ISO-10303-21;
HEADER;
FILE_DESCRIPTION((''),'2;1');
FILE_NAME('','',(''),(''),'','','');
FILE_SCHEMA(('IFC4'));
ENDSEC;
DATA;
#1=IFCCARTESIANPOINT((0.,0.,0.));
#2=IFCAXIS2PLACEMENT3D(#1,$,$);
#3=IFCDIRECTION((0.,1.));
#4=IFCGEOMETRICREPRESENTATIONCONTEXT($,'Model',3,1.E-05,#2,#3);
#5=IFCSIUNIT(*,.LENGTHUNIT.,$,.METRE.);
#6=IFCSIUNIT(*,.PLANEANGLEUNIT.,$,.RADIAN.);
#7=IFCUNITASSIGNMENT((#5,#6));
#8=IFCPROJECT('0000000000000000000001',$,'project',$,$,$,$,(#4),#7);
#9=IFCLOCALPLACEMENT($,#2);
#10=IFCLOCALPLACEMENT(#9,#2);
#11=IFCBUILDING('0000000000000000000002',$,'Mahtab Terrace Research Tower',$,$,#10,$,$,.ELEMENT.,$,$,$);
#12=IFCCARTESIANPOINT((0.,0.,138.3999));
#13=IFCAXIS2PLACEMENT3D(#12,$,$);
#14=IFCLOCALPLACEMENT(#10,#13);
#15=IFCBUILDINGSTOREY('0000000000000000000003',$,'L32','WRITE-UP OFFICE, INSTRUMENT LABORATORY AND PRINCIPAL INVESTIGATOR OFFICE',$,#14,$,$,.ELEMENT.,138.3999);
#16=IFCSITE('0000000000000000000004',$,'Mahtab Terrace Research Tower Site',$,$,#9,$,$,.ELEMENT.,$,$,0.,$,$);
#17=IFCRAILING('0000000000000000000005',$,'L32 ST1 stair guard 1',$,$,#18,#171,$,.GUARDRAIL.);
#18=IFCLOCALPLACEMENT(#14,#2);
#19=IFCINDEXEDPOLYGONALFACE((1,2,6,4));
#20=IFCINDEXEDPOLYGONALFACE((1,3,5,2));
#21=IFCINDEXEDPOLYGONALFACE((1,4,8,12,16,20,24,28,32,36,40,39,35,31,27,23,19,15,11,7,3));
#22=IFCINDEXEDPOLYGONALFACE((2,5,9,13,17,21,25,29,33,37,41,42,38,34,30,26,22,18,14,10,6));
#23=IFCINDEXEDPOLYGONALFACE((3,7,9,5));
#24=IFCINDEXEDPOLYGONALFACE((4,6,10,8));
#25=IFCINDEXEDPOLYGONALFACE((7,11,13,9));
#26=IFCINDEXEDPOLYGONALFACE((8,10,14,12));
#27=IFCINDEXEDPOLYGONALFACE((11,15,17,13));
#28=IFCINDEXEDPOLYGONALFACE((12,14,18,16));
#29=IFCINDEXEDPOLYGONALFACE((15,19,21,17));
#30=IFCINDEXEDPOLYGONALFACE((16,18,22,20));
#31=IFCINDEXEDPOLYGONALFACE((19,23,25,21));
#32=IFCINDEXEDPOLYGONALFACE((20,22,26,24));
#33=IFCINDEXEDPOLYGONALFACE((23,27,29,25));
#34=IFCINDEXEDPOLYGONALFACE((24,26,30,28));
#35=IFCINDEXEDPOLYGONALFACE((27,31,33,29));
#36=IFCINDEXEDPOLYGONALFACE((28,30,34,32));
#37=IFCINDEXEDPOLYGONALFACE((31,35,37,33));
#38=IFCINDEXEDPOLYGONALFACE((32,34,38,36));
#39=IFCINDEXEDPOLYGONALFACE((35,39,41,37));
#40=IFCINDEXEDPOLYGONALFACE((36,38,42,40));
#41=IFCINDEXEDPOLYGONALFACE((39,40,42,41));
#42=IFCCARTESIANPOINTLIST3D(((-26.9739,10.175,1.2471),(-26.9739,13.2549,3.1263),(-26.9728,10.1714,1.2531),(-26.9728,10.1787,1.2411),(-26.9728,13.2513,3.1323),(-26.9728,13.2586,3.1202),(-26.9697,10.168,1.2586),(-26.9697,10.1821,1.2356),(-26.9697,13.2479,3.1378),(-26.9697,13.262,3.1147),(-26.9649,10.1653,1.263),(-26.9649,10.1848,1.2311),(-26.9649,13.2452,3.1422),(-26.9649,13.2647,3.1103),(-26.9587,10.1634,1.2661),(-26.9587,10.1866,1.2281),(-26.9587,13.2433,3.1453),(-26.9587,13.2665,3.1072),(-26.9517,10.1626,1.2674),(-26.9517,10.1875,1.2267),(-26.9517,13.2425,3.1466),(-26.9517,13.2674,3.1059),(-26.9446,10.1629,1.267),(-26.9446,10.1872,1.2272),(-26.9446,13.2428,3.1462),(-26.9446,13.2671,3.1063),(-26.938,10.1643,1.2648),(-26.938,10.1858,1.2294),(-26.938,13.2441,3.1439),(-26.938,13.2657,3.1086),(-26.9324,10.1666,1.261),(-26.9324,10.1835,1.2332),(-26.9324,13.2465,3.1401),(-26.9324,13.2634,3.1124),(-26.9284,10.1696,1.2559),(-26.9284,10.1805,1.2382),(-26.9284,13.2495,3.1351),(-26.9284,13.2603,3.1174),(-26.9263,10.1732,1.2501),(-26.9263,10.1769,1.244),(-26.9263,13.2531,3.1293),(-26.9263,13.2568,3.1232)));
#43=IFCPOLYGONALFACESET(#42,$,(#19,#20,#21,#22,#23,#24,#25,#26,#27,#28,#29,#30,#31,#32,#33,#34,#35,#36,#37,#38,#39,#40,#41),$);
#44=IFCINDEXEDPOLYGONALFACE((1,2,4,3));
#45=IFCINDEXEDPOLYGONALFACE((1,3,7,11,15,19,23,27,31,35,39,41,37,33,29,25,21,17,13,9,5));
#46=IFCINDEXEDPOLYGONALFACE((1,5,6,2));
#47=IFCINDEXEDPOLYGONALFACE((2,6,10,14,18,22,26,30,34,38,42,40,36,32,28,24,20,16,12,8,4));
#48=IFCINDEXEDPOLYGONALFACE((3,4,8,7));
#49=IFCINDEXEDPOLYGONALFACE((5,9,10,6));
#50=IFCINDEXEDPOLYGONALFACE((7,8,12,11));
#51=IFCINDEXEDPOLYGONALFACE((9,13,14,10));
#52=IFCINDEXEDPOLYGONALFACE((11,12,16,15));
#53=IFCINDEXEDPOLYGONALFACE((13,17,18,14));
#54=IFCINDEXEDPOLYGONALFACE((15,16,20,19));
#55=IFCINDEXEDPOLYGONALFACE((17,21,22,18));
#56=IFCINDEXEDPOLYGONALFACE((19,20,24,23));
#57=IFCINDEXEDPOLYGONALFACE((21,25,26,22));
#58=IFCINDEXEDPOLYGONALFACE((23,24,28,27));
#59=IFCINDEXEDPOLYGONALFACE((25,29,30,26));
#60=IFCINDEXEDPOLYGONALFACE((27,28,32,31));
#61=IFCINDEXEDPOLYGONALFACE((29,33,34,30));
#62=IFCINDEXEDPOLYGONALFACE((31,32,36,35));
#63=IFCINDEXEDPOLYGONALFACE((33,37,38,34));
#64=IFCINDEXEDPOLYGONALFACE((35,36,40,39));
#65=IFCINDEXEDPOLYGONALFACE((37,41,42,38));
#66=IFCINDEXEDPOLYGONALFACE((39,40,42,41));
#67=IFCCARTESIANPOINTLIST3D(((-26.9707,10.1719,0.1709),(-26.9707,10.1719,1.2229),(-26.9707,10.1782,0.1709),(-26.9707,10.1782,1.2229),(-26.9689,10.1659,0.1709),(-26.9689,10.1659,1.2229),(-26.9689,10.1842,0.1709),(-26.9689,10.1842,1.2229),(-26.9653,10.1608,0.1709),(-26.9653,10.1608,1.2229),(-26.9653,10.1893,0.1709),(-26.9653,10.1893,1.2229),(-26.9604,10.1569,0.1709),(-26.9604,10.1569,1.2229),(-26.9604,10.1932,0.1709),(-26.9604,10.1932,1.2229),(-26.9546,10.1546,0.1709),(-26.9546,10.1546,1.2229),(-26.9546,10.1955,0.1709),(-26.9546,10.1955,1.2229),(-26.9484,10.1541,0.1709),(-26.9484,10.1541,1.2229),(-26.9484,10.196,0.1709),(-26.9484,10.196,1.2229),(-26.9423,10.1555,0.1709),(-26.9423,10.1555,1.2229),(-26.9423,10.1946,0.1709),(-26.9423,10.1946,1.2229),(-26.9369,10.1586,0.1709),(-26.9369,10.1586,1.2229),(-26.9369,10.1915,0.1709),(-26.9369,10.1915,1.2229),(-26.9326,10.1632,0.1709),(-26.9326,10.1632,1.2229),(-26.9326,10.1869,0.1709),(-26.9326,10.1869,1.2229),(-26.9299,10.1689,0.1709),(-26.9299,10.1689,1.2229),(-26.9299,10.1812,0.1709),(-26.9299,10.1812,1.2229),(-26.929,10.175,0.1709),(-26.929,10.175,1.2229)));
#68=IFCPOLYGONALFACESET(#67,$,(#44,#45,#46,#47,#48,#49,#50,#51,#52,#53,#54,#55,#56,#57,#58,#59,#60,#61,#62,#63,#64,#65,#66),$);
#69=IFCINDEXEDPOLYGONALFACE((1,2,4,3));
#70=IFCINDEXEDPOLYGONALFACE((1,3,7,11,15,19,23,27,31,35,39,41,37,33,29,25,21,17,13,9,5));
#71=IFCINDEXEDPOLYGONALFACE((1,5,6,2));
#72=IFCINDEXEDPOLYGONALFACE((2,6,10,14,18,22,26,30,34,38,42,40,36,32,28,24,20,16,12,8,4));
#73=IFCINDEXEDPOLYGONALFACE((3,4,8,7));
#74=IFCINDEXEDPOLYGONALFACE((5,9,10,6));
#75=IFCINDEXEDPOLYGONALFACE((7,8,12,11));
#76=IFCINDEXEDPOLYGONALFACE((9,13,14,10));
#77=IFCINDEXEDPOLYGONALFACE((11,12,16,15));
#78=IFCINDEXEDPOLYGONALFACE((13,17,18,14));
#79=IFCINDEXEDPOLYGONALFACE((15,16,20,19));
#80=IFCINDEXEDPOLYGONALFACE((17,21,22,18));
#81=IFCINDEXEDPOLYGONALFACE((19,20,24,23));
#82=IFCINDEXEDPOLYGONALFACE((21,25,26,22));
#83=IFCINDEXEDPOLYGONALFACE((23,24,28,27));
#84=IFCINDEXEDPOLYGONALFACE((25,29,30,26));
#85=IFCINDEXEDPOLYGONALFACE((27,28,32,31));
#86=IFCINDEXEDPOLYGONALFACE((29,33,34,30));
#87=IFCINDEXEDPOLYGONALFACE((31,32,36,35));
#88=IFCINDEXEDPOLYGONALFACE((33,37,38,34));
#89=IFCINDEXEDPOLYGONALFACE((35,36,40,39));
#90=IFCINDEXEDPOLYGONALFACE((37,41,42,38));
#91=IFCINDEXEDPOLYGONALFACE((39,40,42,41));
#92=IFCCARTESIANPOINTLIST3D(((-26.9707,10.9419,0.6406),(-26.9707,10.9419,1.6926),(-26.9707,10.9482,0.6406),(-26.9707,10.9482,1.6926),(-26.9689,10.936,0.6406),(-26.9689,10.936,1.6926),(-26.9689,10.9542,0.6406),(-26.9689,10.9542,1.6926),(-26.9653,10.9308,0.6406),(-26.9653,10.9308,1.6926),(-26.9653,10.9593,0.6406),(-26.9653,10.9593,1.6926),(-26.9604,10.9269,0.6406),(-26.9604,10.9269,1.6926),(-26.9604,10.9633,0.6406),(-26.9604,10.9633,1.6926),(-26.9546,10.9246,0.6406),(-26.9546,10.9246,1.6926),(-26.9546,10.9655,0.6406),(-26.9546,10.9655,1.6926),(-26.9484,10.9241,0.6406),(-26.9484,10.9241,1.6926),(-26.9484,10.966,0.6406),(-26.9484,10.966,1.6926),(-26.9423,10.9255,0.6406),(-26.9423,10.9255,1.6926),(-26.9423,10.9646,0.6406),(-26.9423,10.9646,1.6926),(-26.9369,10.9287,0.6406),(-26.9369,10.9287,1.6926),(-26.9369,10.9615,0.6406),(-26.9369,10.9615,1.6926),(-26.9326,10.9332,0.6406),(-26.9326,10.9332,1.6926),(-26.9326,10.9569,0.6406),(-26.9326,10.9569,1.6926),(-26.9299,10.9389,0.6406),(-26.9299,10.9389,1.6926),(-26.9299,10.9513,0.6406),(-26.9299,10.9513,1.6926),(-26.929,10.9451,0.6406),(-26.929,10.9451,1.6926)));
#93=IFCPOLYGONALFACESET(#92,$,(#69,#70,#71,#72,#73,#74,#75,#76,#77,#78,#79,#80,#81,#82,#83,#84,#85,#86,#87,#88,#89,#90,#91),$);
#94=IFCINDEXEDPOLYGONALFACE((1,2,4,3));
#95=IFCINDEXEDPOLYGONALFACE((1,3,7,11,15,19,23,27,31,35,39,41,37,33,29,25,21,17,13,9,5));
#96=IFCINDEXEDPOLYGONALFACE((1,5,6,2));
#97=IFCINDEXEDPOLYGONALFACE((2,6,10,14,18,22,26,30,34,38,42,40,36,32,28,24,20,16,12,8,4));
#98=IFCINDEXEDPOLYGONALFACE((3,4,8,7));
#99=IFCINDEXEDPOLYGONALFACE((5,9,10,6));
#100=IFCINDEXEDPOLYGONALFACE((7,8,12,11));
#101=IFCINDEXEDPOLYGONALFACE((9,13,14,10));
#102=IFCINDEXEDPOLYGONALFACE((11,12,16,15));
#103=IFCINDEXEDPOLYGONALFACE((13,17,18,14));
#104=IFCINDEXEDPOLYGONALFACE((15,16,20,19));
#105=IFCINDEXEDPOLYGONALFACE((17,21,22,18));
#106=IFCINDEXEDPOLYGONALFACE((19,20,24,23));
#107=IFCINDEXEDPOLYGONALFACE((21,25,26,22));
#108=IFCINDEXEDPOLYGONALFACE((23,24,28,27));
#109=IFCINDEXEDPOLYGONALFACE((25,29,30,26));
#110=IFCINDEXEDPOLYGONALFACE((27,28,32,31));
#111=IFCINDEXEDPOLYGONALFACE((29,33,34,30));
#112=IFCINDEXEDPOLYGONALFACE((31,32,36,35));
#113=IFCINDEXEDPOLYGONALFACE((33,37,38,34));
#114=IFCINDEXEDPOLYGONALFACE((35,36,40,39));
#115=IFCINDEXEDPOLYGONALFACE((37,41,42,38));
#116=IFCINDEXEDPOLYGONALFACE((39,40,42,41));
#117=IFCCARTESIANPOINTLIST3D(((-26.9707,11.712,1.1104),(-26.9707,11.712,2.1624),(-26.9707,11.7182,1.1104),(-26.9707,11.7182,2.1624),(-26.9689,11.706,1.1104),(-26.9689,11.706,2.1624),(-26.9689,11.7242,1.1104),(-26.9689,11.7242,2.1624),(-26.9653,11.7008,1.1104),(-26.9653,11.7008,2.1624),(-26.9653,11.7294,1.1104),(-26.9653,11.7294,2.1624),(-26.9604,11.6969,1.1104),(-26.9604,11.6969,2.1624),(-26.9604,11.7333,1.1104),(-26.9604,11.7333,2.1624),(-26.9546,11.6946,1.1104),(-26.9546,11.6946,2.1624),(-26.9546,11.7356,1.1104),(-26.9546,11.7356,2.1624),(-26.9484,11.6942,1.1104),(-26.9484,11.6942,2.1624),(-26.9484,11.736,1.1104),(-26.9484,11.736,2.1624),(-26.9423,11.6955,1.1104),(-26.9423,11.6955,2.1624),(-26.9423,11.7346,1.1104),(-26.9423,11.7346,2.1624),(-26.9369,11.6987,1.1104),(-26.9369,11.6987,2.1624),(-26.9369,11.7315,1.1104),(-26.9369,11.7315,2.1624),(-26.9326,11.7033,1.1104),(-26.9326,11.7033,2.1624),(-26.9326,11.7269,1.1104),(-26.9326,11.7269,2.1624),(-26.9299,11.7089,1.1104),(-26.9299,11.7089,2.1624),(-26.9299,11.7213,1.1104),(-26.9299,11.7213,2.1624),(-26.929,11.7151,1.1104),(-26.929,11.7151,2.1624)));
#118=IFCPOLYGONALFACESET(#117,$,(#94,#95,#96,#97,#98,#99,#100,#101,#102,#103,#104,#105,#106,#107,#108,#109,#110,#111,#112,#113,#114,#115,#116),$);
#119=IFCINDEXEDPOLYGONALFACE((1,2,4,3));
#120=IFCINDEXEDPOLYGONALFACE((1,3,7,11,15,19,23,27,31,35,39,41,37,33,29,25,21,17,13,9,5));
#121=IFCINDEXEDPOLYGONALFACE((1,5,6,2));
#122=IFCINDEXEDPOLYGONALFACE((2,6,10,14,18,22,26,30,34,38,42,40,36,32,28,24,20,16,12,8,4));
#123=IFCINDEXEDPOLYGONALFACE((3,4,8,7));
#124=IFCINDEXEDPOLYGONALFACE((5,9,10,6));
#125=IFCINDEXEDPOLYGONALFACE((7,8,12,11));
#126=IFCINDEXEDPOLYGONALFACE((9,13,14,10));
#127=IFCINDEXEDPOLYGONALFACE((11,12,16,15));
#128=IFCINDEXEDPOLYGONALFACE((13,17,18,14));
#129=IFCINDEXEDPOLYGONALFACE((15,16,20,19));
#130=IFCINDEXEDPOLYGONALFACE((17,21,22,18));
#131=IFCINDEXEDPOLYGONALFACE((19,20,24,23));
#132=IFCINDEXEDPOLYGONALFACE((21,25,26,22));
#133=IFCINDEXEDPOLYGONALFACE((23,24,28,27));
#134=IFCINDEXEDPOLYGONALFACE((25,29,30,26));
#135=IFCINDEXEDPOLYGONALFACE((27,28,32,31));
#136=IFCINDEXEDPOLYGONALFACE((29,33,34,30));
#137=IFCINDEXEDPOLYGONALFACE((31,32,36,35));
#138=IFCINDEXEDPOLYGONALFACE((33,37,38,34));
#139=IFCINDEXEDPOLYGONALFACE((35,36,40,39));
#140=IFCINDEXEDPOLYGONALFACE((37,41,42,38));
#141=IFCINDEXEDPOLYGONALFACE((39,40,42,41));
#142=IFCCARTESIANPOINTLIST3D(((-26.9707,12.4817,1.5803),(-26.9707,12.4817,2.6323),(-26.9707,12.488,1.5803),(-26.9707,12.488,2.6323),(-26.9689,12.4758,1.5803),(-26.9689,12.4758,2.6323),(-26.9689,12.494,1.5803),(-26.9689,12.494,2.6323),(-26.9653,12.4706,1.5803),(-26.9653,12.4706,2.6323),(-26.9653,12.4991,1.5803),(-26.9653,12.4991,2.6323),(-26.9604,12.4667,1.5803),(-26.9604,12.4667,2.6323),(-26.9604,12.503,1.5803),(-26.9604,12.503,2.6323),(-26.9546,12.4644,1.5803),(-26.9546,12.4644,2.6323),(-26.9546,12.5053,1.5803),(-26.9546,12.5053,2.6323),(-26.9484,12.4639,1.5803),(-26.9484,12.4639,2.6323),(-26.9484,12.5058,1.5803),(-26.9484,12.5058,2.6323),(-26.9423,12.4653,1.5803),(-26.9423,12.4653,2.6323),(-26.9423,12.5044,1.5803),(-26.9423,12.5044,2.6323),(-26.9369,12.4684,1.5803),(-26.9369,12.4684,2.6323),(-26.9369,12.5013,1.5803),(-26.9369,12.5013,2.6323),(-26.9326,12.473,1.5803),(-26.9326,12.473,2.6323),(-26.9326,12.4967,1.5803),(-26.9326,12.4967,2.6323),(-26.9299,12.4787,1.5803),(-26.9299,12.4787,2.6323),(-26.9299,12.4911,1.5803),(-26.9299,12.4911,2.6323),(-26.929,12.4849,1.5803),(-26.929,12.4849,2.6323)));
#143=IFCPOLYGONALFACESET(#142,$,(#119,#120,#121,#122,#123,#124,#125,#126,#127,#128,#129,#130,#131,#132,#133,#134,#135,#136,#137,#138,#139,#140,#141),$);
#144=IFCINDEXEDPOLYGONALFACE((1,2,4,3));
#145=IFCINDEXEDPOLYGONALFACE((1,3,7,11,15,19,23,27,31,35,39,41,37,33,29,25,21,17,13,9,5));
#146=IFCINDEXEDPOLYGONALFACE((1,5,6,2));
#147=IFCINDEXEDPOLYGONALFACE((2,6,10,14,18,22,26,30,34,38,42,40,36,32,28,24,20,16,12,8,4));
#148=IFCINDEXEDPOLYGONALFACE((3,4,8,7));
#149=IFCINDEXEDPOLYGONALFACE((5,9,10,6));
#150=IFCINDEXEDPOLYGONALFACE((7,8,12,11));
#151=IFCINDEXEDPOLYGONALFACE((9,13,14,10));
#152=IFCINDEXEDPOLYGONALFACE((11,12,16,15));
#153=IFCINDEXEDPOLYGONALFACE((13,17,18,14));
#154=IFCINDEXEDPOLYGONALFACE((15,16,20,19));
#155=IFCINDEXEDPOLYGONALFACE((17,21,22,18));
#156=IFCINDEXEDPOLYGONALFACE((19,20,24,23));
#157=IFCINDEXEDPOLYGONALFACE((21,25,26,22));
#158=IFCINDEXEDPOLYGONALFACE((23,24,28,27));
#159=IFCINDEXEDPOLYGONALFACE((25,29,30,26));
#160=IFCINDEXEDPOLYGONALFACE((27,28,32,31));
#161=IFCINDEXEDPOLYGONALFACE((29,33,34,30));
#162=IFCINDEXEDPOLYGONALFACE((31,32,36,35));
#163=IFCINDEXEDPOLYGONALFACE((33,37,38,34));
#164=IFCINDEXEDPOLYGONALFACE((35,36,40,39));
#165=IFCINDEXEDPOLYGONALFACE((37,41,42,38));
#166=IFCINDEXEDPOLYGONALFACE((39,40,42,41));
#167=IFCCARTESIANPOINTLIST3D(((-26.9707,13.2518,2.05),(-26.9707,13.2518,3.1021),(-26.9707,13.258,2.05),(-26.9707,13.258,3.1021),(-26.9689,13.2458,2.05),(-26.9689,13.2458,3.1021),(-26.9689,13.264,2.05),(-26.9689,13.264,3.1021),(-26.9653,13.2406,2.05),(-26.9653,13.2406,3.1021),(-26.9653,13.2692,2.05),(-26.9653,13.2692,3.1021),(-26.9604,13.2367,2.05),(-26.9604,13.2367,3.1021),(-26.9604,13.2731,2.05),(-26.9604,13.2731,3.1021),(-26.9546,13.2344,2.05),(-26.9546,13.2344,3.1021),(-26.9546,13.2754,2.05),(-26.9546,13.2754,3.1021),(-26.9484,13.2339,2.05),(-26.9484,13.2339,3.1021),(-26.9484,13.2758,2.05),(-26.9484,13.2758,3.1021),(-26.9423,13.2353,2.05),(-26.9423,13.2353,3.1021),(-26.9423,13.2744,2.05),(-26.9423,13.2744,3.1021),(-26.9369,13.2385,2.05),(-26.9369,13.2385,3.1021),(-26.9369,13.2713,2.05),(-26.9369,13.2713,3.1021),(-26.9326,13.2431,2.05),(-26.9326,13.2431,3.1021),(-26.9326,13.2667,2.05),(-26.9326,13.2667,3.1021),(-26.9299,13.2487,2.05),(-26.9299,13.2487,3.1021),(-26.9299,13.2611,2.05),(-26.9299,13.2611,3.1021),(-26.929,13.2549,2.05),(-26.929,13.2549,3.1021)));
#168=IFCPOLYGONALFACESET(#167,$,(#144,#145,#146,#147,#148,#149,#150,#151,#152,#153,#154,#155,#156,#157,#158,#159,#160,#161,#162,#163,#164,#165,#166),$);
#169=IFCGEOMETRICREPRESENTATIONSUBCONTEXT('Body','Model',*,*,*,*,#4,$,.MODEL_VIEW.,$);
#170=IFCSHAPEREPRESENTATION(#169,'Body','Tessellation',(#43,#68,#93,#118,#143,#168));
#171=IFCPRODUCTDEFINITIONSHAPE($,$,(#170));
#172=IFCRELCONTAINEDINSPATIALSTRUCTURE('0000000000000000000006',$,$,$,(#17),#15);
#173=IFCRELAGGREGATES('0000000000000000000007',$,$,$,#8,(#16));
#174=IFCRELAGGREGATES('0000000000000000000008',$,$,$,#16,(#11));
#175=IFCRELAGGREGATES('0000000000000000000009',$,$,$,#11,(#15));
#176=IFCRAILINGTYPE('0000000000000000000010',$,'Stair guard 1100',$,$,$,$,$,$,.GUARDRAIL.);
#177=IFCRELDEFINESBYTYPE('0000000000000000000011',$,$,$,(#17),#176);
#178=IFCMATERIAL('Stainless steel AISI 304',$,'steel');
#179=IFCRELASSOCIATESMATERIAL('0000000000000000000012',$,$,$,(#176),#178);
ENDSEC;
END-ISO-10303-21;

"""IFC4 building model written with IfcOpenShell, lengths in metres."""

from ifc_helpers import new_model, si_unit, direction, frame, origin, origin_2d, place, context, subcontext, project, spatial, circle, extrude, material, type_object, element, save


model = new_model("IFC4")

# Units and contexts
model_context = context("Model", 3, precision=1e-05, world=origin(), true_north=direction((0.0, 1.0)))
body_context = subcontext(model_context, "Body", "Model", "MODEL_VIEW")
ifc_project = project(units=[si_unit("LENGTHUNIT", "METRE"), si_unit("PLANEANGLEUNIT", "RADIAN")], contexts=[model_context])

# Site, building, storey
site_placement = place(None, origin())
site = spatial("IfcSite", under=ifc_project, at=site_placement, Name="Mahtab Terrace Research Tower Site", CompositionType="ELEMENT", RefElevation=0.0)
building_placement = place(site_placement, origin())
building = spatial("IfcBuilding", under=site, at=building_placement, Name="Mahtab Terrace Research Tower", CompositionType="ELEMENT")
storey_placement = place(building_placement, frame((0.0, 0.0, 138.3999)))
storey = spatial("IfcBuildingStorey", under=building, at=storey_placement, Name="L32", Description="WRITE-UP OFFICE, INSTRUMENT LABORATORY AND PRINCIPAL INVESTIGATOR OFFICE", CompositionType="ELEMENT", Elevation=138.3999)

# Shared definitions
ifc_material_1 = material(Name="Stainless steel AISI 304", Category="steel")

# Railing
railing_type_1 = type_object("IfcRailingType", Name="Stair guard 1100", PredefinedType="GUARDRAIL", material=ifc_material_1)
railing_1_placement = place(storey_placement, frame((-26.95, 10.175, 0.1709)))
element("IfcRailing", 1, at=railing_1_placement, inside=storey, type_object=railing_type_1, Name="L32 ST1 stair guard 1", PredefinedType="GUARDRAIL", context=body_context, shape_type="SweptSolid", body=[
    extrude(circle(Radius=0.0239, at=origin_2d()), frame((0.0, 0.0, 1.0762), z_axis=(0.0, 0.853648, 0.52085), x_axis=(-1.0, 0.0, 0.0)), (0.0, 0.0, 1.0), 3.6079),
    extrude(circle(Radius=0.021, at=origin_2d()), origin(), (0.0, 0.0, 1.0), 1.052),
    extrude(circle(Radius=0.021, at=origin_2d()), frame((0.0, 0.77, 0.4697)), (0.0, 0.0, 1.0), 1.052),
    extrude(circle(Radius=0.021, at=origin_2d()), frame((0.0, 1.54, 0.9395)), (0.0, 0.0, 1.0), 1.052),
    extrude(circle(Radius=0.021, at=origin_2d()), frame((0.0, 2.3098, 1.4094)), (0.0, 0.0, 1.0), 1.052),
    extrude(circle(Radius=0.021, at=origin_2d()), frame((0.0, 3.0798, 1.8792)), (0.0, 0.0, 1.0), 1.052),
])

save(model, "model.ifc")
